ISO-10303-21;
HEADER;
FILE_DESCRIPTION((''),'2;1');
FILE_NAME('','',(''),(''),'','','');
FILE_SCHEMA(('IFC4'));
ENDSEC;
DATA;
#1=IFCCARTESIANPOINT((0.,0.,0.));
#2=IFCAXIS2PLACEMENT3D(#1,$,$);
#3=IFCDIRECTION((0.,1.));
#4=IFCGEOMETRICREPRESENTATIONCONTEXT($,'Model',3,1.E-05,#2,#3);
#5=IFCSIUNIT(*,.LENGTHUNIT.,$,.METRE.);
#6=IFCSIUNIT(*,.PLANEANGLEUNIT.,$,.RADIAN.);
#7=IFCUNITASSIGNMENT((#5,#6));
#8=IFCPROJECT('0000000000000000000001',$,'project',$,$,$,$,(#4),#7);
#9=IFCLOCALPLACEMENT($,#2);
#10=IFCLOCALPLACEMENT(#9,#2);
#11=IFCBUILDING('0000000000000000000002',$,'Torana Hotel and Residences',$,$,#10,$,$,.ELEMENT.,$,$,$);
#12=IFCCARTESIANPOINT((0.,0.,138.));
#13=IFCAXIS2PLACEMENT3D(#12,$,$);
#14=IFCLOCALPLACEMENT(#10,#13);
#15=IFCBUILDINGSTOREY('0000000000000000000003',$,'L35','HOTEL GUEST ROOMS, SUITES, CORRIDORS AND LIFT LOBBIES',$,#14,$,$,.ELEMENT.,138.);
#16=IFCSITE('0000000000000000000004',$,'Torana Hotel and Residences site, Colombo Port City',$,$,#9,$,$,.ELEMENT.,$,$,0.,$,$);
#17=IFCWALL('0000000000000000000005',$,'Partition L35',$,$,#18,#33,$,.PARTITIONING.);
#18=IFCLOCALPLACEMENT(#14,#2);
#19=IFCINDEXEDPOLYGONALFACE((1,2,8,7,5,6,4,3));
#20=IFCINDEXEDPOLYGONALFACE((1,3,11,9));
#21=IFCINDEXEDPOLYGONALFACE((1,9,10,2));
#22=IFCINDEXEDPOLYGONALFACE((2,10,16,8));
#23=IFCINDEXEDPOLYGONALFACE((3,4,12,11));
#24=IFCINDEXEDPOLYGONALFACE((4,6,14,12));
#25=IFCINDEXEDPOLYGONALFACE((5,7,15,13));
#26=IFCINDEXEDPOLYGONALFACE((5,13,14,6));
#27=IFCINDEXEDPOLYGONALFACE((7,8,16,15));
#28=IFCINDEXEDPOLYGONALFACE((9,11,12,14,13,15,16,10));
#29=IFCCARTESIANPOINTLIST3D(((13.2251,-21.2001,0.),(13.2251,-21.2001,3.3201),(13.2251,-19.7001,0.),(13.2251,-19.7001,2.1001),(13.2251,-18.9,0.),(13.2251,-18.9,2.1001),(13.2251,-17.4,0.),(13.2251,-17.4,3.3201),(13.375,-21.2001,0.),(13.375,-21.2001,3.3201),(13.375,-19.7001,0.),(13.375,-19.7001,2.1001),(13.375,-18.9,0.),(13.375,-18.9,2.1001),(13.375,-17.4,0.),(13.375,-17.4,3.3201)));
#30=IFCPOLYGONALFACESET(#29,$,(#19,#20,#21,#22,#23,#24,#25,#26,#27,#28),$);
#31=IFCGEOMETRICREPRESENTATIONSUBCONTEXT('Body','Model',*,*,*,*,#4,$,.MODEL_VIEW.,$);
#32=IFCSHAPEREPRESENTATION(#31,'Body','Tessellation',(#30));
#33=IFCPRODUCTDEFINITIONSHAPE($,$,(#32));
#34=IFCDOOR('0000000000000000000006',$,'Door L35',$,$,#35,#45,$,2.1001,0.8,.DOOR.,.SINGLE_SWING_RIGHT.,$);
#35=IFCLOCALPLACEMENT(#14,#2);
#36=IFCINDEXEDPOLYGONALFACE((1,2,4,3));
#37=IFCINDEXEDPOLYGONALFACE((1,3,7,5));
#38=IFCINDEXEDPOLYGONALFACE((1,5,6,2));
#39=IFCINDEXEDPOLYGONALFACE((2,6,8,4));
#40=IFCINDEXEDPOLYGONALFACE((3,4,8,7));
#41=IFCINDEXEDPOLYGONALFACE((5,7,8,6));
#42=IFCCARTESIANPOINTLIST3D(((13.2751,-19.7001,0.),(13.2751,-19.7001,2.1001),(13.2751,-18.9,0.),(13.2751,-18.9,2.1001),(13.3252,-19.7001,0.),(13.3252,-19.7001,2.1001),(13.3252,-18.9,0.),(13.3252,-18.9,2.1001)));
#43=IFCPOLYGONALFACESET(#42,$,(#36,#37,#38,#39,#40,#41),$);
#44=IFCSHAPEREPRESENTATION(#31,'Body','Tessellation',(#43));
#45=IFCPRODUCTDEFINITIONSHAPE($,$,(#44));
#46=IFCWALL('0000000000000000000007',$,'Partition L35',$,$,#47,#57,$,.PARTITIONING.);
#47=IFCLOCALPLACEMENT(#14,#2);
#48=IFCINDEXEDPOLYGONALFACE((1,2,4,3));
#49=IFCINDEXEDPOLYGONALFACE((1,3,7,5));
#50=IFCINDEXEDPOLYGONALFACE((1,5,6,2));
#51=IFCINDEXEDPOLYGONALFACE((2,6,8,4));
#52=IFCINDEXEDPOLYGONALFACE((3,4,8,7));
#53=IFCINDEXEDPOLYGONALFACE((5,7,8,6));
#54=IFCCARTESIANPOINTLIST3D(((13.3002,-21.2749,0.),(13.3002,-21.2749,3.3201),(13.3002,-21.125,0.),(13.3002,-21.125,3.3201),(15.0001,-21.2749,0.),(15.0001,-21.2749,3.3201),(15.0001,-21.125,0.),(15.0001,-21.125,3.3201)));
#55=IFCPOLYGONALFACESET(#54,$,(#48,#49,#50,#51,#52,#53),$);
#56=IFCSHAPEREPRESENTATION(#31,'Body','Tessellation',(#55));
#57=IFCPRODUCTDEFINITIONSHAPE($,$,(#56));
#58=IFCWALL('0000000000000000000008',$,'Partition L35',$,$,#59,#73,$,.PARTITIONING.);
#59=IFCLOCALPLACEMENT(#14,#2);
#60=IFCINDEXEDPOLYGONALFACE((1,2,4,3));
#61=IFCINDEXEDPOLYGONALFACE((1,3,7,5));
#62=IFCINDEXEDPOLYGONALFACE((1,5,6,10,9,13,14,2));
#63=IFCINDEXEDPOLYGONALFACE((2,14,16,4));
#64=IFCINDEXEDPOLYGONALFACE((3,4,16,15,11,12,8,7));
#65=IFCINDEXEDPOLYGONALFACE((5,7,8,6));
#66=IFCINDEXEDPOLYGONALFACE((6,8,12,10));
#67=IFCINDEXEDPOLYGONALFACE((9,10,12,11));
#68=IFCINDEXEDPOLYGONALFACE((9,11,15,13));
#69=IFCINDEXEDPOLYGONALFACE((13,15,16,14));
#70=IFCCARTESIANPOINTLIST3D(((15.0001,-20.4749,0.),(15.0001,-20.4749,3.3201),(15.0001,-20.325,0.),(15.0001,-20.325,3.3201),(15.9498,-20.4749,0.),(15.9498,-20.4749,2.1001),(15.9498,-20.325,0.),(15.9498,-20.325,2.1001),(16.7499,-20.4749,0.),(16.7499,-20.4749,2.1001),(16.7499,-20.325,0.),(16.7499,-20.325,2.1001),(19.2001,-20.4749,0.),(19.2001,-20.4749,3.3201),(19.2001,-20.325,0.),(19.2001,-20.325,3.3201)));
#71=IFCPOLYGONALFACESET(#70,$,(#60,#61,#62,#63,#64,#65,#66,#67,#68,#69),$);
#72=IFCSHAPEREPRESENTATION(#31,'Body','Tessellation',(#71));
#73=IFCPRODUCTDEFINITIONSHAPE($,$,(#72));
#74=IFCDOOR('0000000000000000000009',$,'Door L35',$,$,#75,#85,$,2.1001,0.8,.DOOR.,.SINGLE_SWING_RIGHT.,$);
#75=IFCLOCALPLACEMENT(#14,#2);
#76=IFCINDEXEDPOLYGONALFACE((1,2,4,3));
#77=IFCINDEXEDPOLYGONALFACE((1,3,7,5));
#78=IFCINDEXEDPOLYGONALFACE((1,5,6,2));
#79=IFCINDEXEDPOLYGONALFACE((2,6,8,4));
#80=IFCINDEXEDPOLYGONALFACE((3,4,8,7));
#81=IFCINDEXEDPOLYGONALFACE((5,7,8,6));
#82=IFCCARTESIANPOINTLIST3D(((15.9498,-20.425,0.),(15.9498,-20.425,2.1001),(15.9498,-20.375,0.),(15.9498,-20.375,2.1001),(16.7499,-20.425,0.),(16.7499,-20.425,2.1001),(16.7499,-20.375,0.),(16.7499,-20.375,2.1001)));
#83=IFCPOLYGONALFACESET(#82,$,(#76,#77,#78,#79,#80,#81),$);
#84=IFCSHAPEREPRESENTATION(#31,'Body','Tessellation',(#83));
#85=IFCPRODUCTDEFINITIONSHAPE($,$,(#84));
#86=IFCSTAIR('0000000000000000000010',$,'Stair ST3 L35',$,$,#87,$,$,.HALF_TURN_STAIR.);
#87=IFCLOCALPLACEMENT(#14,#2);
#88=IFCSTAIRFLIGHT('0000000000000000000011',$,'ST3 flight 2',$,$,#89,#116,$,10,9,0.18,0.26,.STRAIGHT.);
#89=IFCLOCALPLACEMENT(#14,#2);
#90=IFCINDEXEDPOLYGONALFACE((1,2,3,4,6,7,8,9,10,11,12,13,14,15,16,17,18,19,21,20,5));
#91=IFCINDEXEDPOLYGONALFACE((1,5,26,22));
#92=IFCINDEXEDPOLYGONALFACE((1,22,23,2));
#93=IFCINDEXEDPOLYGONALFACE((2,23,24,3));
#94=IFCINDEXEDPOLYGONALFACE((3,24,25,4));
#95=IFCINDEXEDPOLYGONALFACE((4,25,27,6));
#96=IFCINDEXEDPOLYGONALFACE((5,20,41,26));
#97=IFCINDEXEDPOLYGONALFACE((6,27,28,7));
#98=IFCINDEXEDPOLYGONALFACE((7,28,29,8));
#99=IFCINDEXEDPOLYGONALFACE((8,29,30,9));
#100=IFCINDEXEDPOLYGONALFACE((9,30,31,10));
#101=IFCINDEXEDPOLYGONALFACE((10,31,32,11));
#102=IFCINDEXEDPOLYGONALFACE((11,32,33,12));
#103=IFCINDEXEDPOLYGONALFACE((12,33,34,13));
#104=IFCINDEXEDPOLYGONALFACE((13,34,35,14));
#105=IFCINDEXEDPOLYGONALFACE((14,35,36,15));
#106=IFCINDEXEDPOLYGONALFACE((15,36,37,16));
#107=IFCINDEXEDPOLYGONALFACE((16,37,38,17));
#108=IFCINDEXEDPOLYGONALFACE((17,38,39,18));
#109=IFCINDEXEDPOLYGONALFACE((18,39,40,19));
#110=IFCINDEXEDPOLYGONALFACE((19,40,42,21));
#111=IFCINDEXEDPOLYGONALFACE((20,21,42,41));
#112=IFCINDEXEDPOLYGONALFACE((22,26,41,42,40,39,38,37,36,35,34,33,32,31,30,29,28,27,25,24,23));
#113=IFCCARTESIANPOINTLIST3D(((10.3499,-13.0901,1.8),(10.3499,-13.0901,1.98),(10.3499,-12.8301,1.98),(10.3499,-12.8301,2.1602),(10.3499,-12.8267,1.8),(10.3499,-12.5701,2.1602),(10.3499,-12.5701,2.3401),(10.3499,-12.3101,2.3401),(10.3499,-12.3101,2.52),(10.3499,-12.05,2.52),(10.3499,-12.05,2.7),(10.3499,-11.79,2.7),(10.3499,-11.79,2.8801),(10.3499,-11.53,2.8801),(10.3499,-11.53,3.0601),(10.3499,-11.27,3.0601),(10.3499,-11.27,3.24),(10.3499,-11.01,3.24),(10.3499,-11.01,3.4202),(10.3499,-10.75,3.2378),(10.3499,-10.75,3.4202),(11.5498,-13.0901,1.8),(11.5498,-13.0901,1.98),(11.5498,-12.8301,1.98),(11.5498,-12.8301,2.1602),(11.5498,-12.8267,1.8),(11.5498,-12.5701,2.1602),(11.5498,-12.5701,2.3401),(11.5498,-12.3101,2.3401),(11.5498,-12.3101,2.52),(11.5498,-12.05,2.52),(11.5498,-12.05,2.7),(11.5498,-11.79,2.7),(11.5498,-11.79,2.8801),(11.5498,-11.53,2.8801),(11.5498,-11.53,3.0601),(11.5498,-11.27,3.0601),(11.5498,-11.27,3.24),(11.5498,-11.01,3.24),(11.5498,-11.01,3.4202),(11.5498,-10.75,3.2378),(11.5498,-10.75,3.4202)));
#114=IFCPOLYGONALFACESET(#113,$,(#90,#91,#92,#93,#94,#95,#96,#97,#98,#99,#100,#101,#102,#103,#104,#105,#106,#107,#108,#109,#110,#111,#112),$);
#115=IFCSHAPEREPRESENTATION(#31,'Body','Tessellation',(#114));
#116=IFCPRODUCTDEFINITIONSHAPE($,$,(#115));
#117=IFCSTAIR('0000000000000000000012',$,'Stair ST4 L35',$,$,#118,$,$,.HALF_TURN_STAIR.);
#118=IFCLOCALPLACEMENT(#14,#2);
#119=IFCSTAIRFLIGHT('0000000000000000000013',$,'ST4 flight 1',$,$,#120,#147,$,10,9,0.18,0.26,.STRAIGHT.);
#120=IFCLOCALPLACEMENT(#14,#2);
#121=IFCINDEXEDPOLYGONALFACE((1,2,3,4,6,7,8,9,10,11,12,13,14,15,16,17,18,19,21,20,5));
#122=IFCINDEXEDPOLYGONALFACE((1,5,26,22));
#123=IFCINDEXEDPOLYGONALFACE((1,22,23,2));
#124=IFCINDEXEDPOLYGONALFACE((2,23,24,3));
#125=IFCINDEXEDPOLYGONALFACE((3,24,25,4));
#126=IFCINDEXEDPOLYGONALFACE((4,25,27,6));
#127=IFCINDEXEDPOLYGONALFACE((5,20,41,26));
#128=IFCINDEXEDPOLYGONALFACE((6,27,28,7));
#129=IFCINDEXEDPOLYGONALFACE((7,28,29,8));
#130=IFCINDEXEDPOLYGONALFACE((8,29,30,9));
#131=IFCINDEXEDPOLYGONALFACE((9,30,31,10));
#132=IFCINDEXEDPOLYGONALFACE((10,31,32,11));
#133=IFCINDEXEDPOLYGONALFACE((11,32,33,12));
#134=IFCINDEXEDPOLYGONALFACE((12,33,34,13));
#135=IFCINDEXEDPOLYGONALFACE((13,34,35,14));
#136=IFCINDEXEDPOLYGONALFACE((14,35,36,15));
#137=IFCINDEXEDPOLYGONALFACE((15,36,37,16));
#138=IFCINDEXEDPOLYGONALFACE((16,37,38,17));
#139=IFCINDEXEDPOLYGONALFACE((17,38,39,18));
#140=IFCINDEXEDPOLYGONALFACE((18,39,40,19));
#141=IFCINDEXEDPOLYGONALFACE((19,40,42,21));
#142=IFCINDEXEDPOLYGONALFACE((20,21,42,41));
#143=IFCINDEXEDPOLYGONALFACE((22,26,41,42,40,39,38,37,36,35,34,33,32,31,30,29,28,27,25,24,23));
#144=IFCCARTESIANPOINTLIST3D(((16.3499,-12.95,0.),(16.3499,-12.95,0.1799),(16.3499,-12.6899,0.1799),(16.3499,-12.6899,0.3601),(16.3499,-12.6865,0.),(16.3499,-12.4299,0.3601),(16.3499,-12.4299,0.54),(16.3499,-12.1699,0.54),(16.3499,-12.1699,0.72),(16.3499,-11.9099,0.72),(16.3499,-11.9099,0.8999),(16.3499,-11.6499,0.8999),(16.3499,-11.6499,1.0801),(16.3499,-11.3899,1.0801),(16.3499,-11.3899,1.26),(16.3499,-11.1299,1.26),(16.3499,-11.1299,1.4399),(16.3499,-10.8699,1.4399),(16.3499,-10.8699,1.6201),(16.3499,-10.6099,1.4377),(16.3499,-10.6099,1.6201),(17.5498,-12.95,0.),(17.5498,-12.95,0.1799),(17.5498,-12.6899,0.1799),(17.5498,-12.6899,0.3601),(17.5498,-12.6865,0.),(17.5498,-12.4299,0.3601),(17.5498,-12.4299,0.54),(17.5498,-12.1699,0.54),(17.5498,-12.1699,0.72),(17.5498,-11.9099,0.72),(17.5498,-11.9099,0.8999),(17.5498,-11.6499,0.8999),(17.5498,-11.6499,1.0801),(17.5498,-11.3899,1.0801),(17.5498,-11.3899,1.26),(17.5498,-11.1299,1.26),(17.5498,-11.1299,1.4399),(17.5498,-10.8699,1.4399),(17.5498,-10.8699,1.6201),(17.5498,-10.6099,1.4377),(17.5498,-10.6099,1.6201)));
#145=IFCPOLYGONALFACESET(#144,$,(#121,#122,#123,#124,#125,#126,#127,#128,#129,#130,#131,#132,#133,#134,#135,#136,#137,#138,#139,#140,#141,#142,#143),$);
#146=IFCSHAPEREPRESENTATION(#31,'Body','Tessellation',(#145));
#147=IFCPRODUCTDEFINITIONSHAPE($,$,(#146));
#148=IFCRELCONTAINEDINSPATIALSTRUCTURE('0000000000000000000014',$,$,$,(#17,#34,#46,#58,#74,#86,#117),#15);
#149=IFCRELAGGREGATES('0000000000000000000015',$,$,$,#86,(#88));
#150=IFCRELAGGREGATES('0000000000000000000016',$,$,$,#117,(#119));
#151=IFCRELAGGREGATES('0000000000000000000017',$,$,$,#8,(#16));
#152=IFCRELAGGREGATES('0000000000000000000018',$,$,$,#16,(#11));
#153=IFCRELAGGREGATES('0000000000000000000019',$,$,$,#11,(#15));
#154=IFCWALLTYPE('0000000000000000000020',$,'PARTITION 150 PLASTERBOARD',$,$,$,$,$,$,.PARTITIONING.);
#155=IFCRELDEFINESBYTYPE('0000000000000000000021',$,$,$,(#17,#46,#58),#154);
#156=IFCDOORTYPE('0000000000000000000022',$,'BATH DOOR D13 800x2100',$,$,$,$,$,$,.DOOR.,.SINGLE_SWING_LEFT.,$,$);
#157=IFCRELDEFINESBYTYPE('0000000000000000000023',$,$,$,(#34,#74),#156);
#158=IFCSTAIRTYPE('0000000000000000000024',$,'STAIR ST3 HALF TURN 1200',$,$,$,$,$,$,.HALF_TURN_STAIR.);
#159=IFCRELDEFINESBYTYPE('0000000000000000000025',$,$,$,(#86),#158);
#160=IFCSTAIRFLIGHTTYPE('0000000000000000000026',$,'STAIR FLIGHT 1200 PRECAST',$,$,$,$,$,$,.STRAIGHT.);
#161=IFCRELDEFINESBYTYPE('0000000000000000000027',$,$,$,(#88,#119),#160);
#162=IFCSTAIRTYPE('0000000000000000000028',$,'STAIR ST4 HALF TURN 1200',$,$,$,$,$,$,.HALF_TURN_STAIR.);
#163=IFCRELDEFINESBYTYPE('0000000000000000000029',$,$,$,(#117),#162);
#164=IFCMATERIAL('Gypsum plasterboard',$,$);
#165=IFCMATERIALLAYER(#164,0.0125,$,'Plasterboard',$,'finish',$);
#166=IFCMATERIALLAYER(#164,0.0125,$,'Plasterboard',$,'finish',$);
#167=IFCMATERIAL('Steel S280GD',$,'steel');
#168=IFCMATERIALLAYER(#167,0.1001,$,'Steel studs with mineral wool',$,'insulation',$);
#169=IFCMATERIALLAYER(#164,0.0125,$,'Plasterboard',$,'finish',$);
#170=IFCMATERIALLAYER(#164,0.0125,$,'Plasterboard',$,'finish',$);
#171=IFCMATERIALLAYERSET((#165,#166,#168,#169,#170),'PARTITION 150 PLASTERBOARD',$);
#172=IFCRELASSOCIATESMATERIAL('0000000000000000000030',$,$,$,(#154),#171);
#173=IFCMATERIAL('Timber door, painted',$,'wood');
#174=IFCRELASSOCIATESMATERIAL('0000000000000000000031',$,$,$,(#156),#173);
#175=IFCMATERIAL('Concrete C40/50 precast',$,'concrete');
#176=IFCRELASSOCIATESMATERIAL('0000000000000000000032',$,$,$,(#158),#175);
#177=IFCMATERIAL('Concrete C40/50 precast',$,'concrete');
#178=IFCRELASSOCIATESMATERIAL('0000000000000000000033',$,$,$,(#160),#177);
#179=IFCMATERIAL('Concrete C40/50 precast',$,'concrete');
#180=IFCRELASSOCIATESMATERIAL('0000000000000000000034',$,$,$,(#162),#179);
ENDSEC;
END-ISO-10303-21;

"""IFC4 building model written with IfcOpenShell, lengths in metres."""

from ifc_helpers import new_model, si_unit, direction, frame, frame_2d, origin, place, context, subcontext, project, spatial, polyline, rectangle, outline, extrude, material, layer, layer_set, type_object, element, fill, aggregate, save


model = new_model("IFC4")

# Units and contexts
model_context = context("Model", 3, precision=1e-05, world=origin(), true_north=direction((0.0, 1.0)))
body_context = subcontext(model_context, "Body", "Model", "MODEL_VIEW")
ifc_project = project(units=[si_unit("LENGTHUNIT", "METRE"), si_unit("PLANEANGLEUNIT", "RADIAN")], contexts=[model_context])

# Site, building, storey
site_placement = place(None, origin())
site = spatial("IfcSite", under=ifc_project, at=site_placement, Name="Torana Hotel and Residences site, Colombo Port City", CompositionType="ELEMENT", RefElevation=0.0)
building_placement = place(site_placement, origin())
building = spatial("IfcBuilding", under=site, at=building_placement, Name="Torana Hotel and Residences", CompositionType="ELEMENT")
storey_placement = place(building_placement, frame((0.0, 0.0, 138.0)))
storey = spatial("IfcBuildingStorey", under=building, at=storey_placement, Name="L35", Description="HOTEL GUEST ROOMS, SUITES, CORRIDORS AND LIFT LOBBIES", CompositionType="ELEMENT", Elevation=138.0)

# Shared definitions
ifc_material_1 = material(Name="Gypsum plasterboard")
ifc_layer_1 = layer(ifc_material_1, 0.0125, Name="Plasterboard", Category="finish")
ifc_layer_2 = layer(ifc_material_1, 0.0125, Name="Plasterboard", Category="finish")
ifc_material_2 = material(Name="Steel S280GD", Category="steel")
ifc_layer_3 = layer(ifc_material_2, 0.1001, Name="Steel studs with mineral wool", Category="insulation")
ifc_layer_4 = layer(ifc_material_1, 0.0125, Name="Plasterboard", Category="finish")
ifc_layer_5 = layer(ifc_material_1, 0.0125, Name="Plasterboard", Category="finish")
ifc_layer_set_1 = layer_set([ifc_layer_1, ifc_layer_2, ifc_layer_3, ifc_layer_4, ifc_layer_5], Name="PARTITION 150 PLASTERBOARD")
wall_type_1 = type_object("IfcWallType", Name="PARTITION 150 PLASTERBOARD", PredefinedType="PARTITIONING", material=ifc_layer_set_1)

# Wall, opening, door
wall_1_placement = place(storey_placement, frame((13.3, -21.2, 0.0), z_axis=(0.0, 0.0, 1.0), x_axis=(0.0, 1.0, 0.0)))
wall_1 = element("IfcWall", 1, at=wall_1_placement, inside=storey, type_object=wall_type_1, Name="Partition L35", PredefinedType="PARTITIONING", context=body_context, shape_type="SweptSolid", body=[
    extrude(rectangle(XDim=3.8, YDim=0.1499, at=frame_2d((1.8999, 0.0))), origin(), (0.0, 0.0, 1.0), 3.3201),
])
opening_1_placement = place(wall_1_placement, frame((1.5, 0.0, 0.0)))
opening_1 = element("IfcOpeningElement", 2, at=opening_1_placement, cuts=wall_1, PredefinedType="OPENING", context=body_context, shape_type="SweptSolid", body=[
    extrude(rectangle(XDim=0.8, YDim=2.1001, at=frame_2d((0.3999, 1.05))), frame((0.0, 0.085, 0.0), z_axis=(0.0, -1.0, 0.0), x_axis=(1.0, 0.0, 0.0)), (0.0, 0.0, 1.0), 0.1699),
])
ifc_material_3 = material(Name="Timber door, painted", Category="wood")
door_type_1 = type_object("IfcDoorType", Name="BATH DOOR D13 800x2100", OperationType="SINGLE_SWING_LEFT", PredefinedType="DOOR", material=ifc_material_3)
door_1_placement = place(opening_1_placement, origin())
door_1 = element("IfcDoor", 3, at=door_1_placement, inside=storey, type_object=door_type_1, Name="Door L35", OperationType="SINGLE_SWING_RIGHT", OverallHeight=2.1001, OverallWidth=0.8, PredefinedType="DOOR", context=body_context, shape_type="SweptSolid", body=[
    extrude(rectangle(XDim=0.8, YDim=2.1001, at=frame_2d((0.3999, 1.05))), frame((0.0, 0.0249, 0.0), z_axis=(0.0, -1.0, 0.0), x_axis=(1.0, 0.0, 0.0)), (0.0, 0.0, 1.0), 0.05),
])
fill(opening_1, door_1)

# Wall
wall_2_placement = place(storey_placement, frame((13.3, -21.2, 0.0), z_axis=(0.0, 0.0, 1.0), x_axis=(1.0, 0.0, 0.0)))
element("IfcWall", 4, at=wall_2_placement, inside=storey, type_object=wall_type_1, Name="Partition L35", PredefinedType="PARTITIONING", context=body_context, shape_type="SweptSolid", body=[
    extrude(rectangle(XDim=1.7, YDim=0.1499, at=frame_2d((0.8501, 0.0))), origin(), (0.0, 0.0, 1.0), 3.3201),
])

# Wall, opening, door
wall_3_placement = place(storey_placement, frame((15.0, -20.3999, 0.0), z_axis=(0.0, 0.0, 1.0), x_axis=(1.0, 0.0, 0.0)))
wall_3 = element("IfcWall", 5, at=wall_3_placement, inside=storey, type_object=wall_type_1, Name="Partition L35", PredefinedType="PARTITIONING", context=body_context, shape_type="SweptSolid", body=[
    extrude(rectangle(XDim=4.2, YDim=0.1499, at=frame_2d((2.1001, 0.0))), origin(), (0.0, 0.0, 1.0), 3.3201),
])
opening_2_placement = place(wall_3_placement, frame((0.95, 0.0, 0.0)))
opening_2 = element("IfcOpeningElement", 6, at=opening_2_placement, cuts=wall_3, PredefinedType="OPENING", context=body_context, shape_type="SweptSolid", body=[
    extrude(rectangle(XDim=0.8, YDim=2.1001, at=frame_2d((0.3999, 1.05))), frame((0.0, 0.085, 0.0), z_axis=(0.0, -1.0, 0.0), x_axis=(1.0, 0.0, 0.0)), (0.0, 0.0, 1.0), 0.1699),
])
door_2_placement = place(opening_2_placement, origin())
door_2 = element("IfcDoor", 7, at=door_2_placement, inside=storey, type_object=door_type_1, Name="Door L35", OperationType="SINGLE_SWING_RIGHT", OverallHeight=2.1001, OverallWidth=0.8, PredefinedType="DOOR", context=body_context, shape_type="SweptSolid", body=[
    extrude(rectangle(XDim=0.8, YDim=2.1001, at=frame_2d((0.3999, 1.05))), frame((0.0, 0.0249, 0.0), z_axis=(0.0, -1.0, 0.0), x_axis=(1.0, 0.0, 0.0)), (0.0, 0.0, 1.0), 0.05),
])
fill(opening_2, door_2)

# Stairs, stair flights
ifc_material_4 = material(Name="Concrete C40/50 precast", Category="concrete")
stair_type_1 = type_object("IfcStairType", Name="STAIR ST3 HALF TURN 1200", PredefinedType="HALF_TURN_STAIR", material=ifc_material_4)
stair_1_placement = place(storey_placement, origin())
stair_1 = element("IfcStair", 8, at=stair_1_placement, inside=storey, type_object=stair_type_1, Name="Stair ST3 L35", PredefinedType="HALF_TURN_STAIR")
ifc_material_5 = material(Name="Concrete C40/50 precast", Category="concrete")
stair_flight_type = type_object("IfcStairFlightType", Name="STAIR FLIGHT 1200 PRECAST", PredefinedType="STRAIGHT", material=ifc_material_5)
stair_flight_1_placement = place(storey_placement, frame((10.95, -13.0901, 1.8), z_axis=(0.0, 0.0, 1.0), x_axis=(0.0, 1.0, 0.0)))
stair_flight_1 = element("IfcStairFlight", 9, at=stair_flight_1_placement, type_object=stair_flight_type, Name="ST3 flight 2", NumberOfRisers=10, NumberOfTreads=9, PredefinedType="STRAIGHT", RiserHeight=0.18, TreadLength=0.26, context=body_context, shape_type="SweptSolid", body=[
    extrude(outline(polyline([(0.0, 0.0), (0.0, 0.1799), (0.26, 0.1799), (0.26, 0.3601), (0.52, 0.3601), (0.52, 0.54), (0.78, 0.54), (0.78, 0.72), (1.04, 0.72), (1.04, 0.8999), (1.3, 0.8999), (1.3, 1.0801), (1.5601, 1.0801), (1.5601, 1.26), (1.8201, 1.26), (1.8201, 1.4399), (2.0801, 1.4399), (2.0801, 1.6201), (2.3401, 1.6201), (2.3401, 1.8), (2.3401, 1.4377), (0.2634, 0.0), (0.0, 0.0)])), frame((0.0, 0.6001, 0.0), z_axis=(0.0, -1.0, 0.0), x_axis=(1.0, 0.0, 0.0)), (0.0, 0.0, 1.0), 1.2),
])
aggregate(stair_1, [stair_flight_1])
ifc_material_6 = material(Name="Concrete C40/50 precast", Category="concrete")
stair_type_2 = type_object("IfcStairType", Name="STAIR ST4 HALF TURN 1200", PredefinedType="HALF_TURN_STAIR", material=ifc_material_6)
stair_2_placement = place(storey_placement, origin())
stair_2 = element("IfcStair", 10, at=stair_2_placement, inside=storey, type_object=stair_type_2, Name="Stair ST4 L35", PredefinedType="HALF_TURN_STAIR")
stair_flight_2_placement = place(storey_placement, frame((16.95, -12.95, 0.0), z_axis=(0.0, 0.0, 1.0), x_axis=(0.0, 1.0, 0.0)))
stair_flight_2 = element("IfcStairFlight", 11, at=stair_flight_2_placement, type_object=stair_flight_type, Name="ST4 flight 1", NumberOfRisers=10, NumberOfTreads=9, PredefinedType="STRAIGHT", RiserHeight=0.18, TreadLength=0.26, context=body_context, shape_type="SweptSolid", body=[
    extrude(outline(polyline([(0.0, 0.0), (0.0, 0.1799), (0.26, 0.1799), (0.26, 0.3601), (0.52, 0.3601), (0.52, 0.54), (0.78, 0.54), (0.78, 0.72), (1.04, 0.72), (1.04, 0.8999), (1.3, 0.8999), (1.3, 1.0801), (1.5601, 1.0801), (1.5601, 1.26), (1.8201, 1.26), (1.8201, 1.4399), (2.0801, 1.4399), (2.0801, 1.6201), (2.3401, 1.6201), (2.3401, 1.8), (2.3401, 1.4377), (0.2634, 0.0), (0.0, 0.0)])), frame((0.0, 0.6001, 0.0), z_axis=(0.0, -1.0, 0.0), x_axis=(1.0, 0.0, 0.0)), (0.0, 0.0, 1.0), 1.2),
])
aggregate(stair_2, [stair_flight_2])

save(model, "model.ifc")
